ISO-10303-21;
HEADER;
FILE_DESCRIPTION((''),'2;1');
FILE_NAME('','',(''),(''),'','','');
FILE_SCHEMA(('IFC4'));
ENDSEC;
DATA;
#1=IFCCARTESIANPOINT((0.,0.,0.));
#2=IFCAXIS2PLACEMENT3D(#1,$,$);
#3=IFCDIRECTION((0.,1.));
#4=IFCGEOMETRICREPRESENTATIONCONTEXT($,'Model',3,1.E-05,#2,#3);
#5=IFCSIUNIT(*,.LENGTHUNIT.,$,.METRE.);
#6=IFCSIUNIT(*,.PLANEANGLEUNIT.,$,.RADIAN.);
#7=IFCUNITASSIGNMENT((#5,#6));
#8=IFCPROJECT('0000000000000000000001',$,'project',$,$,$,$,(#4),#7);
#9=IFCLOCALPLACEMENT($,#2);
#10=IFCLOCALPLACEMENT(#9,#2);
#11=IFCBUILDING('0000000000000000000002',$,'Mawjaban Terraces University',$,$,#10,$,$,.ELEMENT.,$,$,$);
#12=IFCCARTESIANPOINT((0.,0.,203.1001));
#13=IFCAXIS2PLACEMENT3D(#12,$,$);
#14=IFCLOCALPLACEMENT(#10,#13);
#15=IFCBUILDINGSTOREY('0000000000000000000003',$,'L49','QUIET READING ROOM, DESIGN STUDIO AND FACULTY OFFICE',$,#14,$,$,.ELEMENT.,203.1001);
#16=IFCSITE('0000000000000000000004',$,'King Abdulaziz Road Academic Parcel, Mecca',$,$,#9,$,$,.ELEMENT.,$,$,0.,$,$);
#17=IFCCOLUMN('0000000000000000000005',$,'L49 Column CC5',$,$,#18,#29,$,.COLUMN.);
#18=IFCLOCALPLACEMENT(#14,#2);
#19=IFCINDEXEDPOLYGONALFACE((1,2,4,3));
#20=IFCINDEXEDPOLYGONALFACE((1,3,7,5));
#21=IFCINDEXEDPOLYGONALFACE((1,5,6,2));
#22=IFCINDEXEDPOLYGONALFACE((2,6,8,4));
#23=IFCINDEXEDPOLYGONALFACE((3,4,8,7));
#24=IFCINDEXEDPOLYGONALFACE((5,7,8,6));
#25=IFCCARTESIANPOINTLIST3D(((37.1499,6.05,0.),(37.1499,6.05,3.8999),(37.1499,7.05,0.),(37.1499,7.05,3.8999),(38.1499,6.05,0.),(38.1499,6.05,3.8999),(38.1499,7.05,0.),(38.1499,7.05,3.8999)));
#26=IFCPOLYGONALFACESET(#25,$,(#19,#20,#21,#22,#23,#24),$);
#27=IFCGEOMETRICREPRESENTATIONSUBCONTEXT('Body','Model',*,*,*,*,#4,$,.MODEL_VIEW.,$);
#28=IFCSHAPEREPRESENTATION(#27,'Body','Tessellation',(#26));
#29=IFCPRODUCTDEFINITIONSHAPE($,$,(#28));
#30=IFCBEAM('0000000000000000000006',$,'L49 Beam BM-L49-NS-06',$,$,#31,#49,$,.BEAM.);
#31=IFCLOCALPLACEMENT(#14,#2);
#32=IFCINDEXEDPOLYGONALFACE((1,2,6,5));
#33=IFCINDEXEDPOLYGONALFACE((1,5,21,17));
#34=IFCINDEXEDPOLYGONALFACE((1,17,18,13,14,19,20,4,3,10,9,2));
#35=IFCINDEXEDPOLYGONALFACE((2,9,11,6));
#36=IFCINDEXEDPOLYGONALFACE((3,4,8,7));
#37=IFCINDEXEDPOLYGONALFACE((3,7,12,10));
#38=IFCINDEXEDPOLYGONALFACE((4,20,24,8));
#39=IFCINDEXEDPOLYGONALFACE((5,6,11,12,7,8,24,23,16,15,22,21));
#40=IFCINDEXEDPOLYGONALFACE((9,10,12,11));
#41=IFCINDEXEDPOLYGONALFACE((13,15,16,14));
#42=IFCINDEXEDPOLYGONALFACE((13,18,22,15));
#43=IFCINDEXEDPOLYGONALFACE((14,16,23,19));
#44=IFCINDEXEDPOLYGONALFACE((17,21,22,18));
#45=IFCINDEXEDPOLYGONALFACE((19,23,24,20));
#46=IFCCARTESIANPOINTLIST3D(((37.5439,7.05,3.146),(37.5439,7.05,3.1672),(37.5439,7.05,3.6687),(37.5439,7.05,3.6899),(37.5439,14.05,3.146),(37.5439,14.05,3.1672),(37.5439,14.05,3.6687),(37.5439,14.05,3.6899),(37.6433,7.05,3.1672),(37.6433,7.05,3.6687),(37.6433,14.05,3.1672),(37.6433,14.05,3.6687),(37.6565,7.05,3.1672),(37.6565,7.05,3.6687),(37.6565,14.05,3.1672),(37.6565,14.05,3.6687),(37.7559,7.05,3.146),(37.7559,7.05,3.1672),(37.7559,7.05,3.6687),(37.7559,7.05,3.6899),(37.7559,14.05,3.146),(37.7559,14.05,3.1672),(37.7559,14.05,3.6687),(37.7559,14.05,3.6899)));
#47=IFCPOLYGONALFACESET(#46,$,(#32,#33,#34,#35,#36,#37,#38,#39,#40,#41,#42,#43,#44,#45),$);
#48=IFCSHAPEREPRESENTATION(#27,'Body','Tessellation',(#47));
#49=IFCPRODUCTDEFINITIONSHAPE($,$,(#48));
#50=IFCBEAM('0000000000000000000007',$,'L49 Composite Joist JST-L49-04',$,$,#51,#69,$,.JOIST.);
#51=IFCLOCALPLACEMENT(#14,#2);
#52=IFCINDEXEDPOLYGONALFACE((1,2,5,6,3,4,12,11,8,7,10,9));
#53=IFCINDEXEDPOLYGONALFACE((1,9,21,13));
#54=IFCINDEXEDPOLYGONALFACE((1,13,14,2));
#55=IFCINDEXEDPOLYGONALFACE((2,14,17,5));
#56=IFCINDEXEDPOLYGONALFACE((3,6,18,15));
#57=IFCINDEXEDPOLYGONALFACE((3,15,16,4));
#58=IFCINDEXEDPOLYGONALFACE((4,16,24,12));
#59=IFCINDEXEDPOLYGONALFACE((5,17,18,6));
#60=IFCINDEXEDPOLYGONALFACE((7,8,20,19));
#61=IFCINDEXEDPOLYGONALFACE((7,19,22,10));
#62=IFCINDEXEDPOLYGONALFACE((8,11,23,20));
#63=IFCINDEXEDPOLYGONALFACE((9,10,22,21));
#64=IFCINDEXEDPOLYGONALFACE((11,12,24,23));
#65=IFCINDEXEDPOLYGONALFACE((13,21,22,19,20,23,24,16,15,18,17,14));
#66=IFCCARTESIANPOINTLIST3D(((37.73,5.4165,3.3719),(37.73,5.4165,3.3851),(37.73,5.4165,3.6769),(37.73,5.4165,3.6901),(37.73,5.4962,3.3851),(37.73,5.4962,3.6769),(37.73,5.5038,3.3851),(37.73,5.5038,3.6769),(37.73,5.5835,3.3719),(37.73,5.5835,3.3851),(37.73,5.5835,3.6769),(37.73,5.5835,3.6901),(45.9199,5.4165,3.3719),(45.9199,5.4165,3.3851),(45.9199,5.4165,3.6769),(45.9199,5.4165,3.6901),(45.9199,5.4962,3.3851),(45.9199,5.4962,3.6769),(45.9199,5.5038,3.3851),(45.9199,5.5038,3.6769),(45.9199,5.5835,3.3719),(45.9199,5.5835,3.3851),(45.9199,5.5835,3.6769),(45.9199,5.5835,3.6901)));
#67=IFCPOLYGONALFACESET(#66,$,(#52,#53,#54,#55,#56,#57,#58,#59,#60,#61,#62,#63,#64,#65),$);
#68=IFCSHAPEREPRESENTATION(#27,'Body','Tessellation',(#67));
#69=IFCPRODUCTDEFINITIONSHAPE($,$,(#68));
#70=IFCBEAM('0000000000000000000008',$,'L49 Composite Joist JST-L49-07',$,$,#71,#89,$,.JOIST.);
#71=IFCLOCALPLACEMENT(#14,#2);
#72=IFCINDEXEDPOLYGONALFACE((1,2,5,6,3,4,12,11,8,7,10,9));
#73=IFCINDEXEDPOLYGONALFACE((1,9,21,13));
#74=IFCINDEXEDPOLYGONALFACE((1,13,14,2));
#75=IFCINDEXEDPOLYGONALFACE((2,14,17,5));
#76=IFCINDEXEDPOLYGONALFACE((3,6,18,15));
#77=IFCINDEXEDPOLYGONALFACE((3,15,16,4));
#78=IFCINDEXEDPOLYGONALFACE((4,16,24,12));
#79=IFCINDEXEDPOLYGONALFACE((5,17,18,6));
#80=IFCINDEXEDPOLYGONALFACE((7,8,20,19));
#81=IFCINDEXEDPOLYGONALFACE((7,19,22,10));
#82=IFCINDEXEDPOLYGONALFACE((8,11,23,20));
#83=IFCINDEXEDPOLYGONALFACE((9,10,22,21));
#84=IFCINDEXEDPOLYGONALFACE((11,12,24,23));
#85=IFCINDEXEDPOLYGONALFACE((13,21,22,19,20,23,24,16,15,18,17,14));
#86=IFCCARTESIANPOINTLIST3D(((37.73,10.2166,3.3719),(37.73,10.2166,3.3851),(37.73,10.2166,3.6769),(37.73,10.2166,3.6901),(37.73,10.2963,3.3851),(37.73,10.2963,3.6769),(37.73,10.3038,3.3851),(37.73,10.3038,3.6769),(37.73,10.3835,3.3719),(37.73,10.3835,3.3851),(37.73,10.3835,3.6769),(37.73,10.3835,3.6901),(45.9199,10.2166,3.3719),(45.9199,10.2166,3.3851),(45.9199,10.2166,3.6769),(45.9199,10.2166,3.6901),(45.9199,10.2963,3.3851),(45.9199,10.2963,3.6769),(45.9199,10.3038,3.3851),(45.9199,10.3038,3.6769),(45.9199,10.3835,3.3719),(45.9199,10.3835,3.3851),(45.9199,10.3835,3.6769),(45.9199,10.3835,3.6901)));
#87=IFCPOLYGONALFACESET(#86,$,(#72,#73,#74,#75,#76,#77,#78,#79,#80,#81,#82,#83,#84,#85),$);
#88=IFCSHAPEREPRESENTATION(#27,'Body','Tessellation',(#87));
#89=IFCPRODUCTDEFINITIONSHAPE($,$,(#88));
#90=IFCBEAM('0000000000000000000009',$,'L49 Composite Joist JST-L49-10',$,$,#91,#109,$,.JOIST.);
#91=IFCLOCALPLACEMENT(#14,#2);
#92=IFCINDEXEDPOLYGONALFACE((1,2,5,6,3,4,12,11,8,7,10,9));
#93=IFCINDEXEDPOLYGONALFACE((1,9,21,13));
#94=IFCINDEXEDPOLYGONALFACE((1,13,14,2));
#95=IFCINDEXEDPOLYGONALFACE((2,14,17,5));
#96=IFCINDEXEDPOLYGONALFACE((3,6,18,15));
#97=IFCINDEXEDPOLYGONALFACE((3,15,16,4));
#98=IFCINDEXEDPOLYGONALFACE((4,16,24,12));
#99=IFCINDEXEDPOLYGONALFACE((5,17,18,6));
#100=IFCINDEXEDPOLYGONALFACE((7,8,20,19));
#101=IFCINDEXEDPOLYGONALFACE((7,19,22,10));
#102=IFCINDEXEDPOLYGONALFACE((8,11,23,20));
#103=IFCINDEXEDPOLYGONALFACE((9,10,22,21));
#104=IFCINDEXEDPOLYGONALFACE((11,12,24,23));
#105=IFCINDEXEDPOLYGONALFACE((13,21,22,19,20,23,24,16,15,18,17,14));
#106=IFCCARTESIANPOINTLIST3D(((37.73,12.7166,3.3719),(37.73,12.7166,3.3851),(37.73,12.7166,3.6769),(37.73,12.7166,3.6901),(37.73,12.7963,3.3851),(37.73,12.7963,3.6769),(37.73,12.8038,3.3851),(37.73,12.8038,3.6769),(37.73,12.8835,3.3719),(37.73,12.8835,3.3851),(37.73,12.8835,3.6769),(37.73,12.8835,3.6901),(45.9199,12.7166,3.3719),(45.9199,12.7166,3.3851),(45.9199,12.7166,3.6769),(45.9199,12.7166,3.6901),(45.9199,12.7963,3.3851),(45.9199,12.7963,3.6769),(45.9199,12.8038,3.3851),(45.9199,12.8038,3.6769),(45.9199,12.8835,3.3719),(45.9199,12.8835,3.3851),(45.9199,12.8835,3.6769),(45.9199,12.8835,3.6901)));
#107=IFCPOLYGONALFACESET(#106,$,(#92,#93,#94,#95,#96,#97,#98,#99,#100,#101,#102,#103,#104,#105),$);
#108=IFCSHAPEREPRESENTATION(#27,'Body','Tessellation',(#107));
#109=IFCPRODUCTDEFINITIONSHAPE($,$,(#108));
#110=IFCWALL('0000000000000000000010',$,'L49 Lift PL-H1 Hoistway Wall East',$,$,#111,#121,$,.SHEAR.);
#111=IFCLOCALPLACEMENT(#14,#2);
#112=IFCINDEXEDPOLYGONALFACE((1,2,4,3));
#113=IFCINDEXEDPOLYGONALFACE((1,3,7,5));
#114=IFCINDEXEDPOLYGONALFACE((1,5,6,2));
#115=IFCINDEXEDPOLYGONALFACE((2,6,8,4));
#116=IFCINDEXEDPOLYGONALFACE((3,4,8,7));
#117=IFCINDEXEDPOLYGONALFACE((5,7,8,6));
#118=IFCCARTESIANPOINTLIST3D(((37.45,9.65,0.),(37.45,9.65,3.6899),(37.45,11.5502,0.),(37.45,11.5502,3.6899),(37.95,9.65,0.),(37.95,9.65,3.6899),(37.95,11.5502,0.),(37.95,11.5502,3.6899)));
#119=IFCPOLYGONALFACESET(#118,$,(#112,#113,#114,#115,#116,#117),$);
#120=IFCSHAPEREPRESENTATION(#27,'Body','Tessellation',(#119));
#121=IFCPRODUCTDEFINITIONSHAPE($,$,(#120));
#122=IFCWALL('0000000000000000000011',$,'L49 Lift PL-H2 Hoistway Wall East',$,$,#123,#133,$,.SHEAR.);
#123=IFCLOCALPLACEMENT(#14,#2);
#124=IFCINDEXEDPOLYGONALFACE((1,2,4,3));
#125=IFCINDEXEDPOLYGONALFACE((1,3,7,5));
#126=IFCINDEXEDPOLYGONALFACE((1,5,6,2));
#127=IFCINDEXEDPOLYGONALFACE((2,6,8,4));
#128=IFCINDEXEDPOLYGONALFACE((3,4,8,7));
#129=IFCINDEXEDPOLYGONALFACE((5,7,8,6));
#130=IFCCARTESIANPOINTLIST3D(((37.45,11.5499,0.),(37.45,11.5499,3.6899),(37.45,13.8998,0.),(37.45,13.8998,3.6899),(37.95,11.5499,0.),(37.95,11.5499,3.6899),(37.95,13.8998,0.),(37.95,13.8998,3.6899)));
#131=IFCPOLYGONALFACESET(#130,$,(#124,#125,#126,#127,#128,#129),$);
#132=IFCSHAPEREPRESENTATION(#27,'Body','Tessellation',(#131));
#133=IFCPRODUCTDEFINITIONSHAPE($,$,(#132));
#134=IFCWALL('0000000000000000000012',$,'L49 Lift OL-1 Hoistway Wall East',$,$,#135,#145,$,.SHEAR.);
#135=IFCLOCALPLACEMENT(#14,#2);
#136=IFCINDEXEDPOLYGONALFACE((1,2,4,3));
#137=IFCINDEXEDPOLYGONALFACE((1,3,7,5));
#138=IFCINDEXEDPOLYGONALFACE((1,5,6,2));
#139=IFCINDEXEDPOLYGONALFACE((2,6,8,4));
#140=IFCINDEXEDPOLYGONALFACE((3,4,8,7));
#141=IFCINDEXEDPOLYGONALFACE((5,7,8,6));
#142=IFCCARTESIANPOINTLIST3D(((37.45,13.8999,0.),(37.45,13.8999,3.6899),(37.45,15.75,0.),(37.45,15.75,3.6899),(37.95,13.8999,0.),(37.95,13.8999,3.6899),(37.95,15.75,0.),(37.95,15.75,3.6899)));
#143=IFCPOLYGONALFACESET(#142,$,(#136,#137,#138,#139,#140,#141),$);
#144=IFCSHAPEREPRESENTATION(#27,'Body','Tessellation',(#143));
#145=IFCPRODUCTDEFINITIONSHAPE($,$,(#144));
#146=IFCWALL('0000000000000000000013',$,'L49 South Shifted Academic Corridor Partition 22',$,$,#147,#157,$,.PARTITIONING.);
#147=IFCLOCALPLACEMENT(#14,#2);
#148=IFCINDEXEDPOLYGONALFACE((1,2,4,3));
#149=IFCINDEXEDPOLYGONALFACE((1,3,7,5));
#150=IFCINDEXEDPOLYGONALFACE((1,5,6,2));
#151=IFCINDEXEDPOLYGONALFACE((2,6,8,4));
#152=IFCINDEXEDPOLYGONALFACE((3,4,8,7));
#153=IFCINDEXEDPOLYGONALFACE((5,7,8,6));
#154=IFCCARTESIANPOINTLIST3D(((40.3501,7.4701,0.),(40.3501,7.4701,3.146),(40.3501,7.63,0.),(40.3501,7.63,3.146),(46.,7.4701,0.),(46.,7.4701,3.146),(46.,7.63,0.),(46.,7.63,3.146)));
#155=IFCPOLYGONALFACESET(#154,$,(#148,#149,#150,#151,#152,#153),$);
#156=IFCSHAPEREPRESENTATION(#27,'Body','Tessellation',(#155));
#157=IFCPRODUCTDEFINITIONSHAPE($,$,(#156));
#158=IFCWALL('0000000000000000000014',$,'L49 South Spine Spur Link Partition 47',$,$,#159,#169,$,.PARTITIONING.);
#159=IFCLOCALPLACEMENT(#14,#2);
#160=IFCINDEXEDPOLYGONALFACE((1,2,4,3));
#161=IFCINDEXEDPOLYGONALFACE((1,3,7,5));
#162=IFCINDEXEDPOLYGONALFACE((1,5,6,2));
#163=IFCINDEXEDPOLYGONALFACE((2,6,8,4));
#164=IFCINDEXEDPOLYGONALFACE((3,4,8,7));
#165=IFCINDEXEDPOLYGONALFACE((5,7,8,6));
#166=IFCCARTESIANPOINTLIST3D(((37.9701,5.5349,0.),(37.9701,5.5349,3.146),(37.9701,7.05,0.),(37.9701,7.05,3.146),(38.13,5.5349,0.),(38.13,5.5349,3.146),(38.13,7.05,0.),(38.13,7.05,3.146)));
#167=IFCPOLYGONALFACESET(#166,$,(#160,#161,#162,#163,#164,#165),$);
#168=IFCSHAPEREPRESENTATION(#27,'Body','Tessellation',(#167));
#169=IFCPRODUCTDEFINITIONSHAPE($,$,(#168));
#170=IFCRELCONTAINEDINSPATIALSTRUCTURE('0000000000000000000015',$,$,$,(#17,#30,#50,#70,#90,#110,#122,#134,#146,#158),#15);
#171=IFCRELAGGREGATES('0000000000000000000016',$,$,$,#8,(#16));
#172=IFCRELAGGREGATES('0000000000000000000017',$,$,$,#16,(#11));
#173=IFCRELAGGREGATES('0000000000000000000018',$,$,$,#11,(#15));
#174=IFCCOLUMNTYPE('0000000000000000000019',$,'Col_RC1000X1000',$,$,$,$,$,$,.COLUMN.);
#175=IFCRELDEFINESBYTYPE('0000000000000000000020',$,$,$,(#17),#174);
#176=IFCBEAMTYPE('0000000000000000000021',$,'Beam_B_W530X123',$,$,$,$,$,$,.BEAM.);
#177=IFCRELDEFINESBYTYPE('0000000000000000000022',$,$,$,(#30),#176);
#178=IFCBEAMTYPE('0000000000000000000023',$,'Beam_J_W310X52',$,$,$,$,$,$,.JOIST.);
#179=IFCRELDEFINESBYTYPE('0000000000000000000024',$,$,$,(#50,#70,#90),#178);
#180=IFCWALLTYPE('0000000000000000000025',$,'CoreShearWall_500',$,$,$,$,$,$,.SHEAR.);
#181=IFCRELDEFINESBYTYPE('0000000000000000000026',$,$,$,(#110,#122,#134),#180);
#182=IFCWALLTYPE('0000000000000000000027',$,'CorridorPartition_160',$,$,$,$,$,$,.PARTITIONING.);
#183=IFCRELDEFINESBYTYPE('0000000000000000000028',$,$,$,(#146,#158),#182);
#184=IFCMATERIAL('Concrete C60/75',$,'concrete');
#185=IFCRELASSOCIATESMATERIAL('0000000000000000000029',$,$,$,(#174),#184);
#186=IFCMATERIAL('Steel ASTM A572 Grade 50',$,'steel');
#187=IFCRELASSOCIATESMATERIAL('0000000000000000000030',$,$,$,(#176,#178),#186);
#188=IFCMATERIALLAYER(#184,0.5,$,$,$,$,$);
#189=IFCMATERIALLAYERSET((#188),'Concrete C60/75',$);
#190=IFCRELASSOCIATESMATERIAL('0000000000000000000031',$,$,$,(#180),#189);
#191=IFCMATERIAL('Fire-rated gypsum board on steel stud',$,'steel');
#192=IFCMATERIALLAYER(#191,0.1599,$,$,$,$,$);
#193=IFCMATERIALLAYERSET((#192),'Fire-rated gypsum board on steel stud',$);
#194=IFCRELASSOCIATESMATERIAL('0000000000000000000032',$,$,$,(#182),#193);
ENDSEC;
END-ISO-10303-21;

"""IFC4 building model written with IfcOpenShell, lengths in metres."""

from ifc_helpers import new_model, si_unit, direction, frame, frame_2d, origin, origin_2d, place, context, subcontext, project, spatial, rectangle, i_section, extrude, material, layer, layer_set, material_profile, profile_set, type_object, element, save


model = new_model("IFC4")

# Units and contexts
model_context = context("Model", 3, precision=1e-05, world=origin(), true_north=direction((0.0, 1.0)))
body_context = subcontext(model_context, "Body", "Model", "MODEL_VIEW")
ifc_project = project(units=[si_unit("LENGTHUNIT", "METRE"), si_unit("PLANEANGLEUNIT", "RADIAN")], contexts=[model_context])

# Site, building, storey
site_placement = place(None, origin())
site = spatial("IfcSite", under=ifc_project, at=site_placement, Name="King Abdulaziz Road Academic Parcel, Mecca", CompositionType="ELEMENT", RefElevation=0.0)
building_placement = place(site_placement, origin())
building = spatial("IfcBuilding", under=site, at=building_placement, Name="Mawjaban Terraces University", CompositionType="ELEMENT")
storey_placement = place(building_placement, frame((0.0, 0.0, 203.1001)))
storey = spatial("IfcBuildingStorey", under=building, at=storey_placement, Name="L49", Description="QUIET READING ROOM, DESIGN STUDIO AND FACULTY OFFICE", CompositionType="ELEMENT", Elevation=203.1001)

# Column
ifc_material_1 = material(Name="Concrete C60/75", Category="concrete")
ifc_material_profile_1 = material_profile(ifc_material_1, rectangle(XDim=1.0, YDim=1.0, at=origin_2d()), Name="RC1000X1000")
ifc_profile_set_1 = profile_set([ifc_material_profile_1], Name="Concrete C60/75")
column_type = type_object("IfcColumnType", Name="Col_RC1000X1000", PredefinedType="COLUMN", material=ifc_profile_set_1)
column_placement = place(storey_placement, frame((37.6499, 6.55, 0.0), z_axis=(0.0, 0.0, 1.0), x_axis=(1.0, 0.0, 0.0)))
element("IfcColumn", 1, at=column_placement, inside=storey, type_object=column_type, Name="L49 Column CC5", PredefinedType="COLUMN", context=body_context, shape_type="SweptSolid", body=[
    extrude(rectangle(XDim=1.0, YDim=1.0, at=origin_2d()), origin(), (0.0, 0.0, 1.0), 3.8999),
])

# Beams
ifc_material_2 = material(Name="Steel ASTM A572 Grade 50", Category="steel")
ifc_material_profile_2 = material_profile(ifc_material_2, i_section(OverallWidth=0.2119, OverallDepth=0.5439, WebThickness=0.0132, FlangeThickness=0.0212, at=origin_2d()), Name="W530X123")
ifc_profile_set_2 = profile_set([ifc_material_profile_2], Name="Steel ASTM A572 Grade 50")
beam_type_1 = type_object("IfcBeamType", Name="Beam_B_W530X123", PredefinedType="BEAM", material=ifc_profile_set_2)
beam_placement = place(storey_placement, frame((37.6499, 7.05, 3.418), z_axis=(0.0, 1.0, 0.0), x_axis=(-1.0, 0.0, 0.0)))
element("IfcBeam", 2, at=beam_placement, inside=storey, type_object=beam_type_1, Name="L49 Beam BM-L49-NS-06", PredefinedType="BEAM", context=body_context, shape_type="SweptSolid", body=[
    extrude(i_section(OverallWidth=0.2119, OverallDepth=0.5439, WebThickness=0.0132, FlangeThickness=0.0212, at=origin_2d()), origin(), (0.0, 0.0, 1.0), 7.0),
])
ifc_material_profile_3 = material_profile(ifc_material_2, i_section(OverallWidth=0.167, OverallDepth=0.3181, WebThickness=0.0076, FlangeThickness=0.0132, at=origin_2d()), Name="W310X52")
ifc_profile_set_3 = profile_set([ifc_material_profile_3], Name="Steel ASTM A572 Grade 50")
beam_type_2 = type_object("IfcBeamType", Name="Beam_J_W310X52", PredefinedType="JOIST", material=ifc_profile_set_3)
for number, where, z_axis, x_axis, name in (
    (3, (37.73, 5.5, 3.531), (1.0, 0.0, 0.0), (0.0, 1.0, 0.0), "L49 Composite Joist JST-L49-04"),
    (4, (37.73, 10.3, 3.531), (1.0, 0.0, 0.0), (0.0, 1.0, 0.0), "L49 Composite Joist JST-L49-07"),
    (5, (37.73, 12.8, 3.531), (1.0, 0.0, 0.0), (0.0, 1.0, 0.0), "L49 Composite Joist JST-L49-10"),
):
    element("IfcBeam", number, at=place(storey_placement, frame(where, z_axis=z_axis, x_axis=x_axis)), inside=storey, type_object=beam_type_2, Name=name, PredefinedType="JOIST", context=body_context, shape_type="SweptSolid", body=[
        extrude(i_section(OverallWidth=0.167, OverallDepth=0.3181, WebThickness=0.0076, FlangeThickness=0.0132, at=origin_2d()), origin(), (0.0, 0.0, 1.0), 8.1899),
    ])

# Walls
ifc_layer_1 = layer(ifc_material_1, 0.5)
ifc_layer_set_1 = layer_set([ifc_layer_1], Name="Concrete C60/75")
wall_type_1 = type_object("IfcWallType", Name="CoreShearWall_500", PredefinedType="SHEAR", material=ifc_layer_set_1)
wall_1_placement = place(storey_placement, frame((37.7, 9.6499, 0.0), z_axis=(0.0, 0.0, 1.0), x_axis=(0.0, 1.0, 0.0)))
element("IfcWall", 6, at=wall_1_placement, inside=storey, type_object=wall_type_1, Name="L49 Lift PL-H1 Hoistway Wall East", PredefinedType="SHEAR", context=body_context, shape_type="SweptSolid", body=[
    extrude(rectangle(XDim=1.9001, YDim=0.5, at=frame_2d((0.9502, 0.0))), origin(), (0.0, 0.0, 1.0), 3.6899),
])
wall_2_placement = place(storey_placement, frame((37.7, 11.55, 0.0), z_axis=(0.0, 0.0, 1.0), x_axis=(0.0, 1.0, 0.0)))
element("IfcWall", 7, at=wall_2_placement, inside=storey, type_object=wall_type_1, Name="L49 Lift PL-H2 Hoistway Wall East", PredefinedType="SHEAR", context=body_context, shape_type="SweptSolid", body=[
    extrude(rectangle(XDim=2.3499, YDim=0.5, at=frame_2d((1.1748, 0.0))), origin(), (0.0, 0.0, 1.0), 3.6899),
])
wall_3_placement = place(storey_placement, frame((37.7, 13.8999, 0.0), z_axis=(0.0, 0.0, 1.0), x_axis=(0.0, 1.0, 0.0)))
element("IfcWall", 8, at=wall_3_placement, inside=storey, type_object=wall_type_1, Name="L49 Lift OL-1 Hoistway Wall East", PredefinedType="SHEAR", context=body_context, shape_type="SweptSolid", body=[
    extrude(rectangle(XDim=1.8501, YDim=0.5, at=frame_2d((0.925, 0.0))), origin(), (0.0, 0.0, 1.0), 3.6899),
])
ifc_material_3 = material(Name="Fire-rated gypsum board on steel stud", Category="steel")
ifc_layer_2 = layer(ifc_material_3, 0.1599)
ifc_layer_set_2 = layer_set([ifc_layer_2], Name="Fire-rated gypsum board on steel stud")
wall_type_2 = type_object("IfcWallType", Name="CorridorPartition_160", PredefinedType="PARTITIONING", material=ifc_layer_set_2)
wall_4_placement = place(storey_placement, frame((46.0, 7.55, 0.0), z_axis=(0.0, 0.0, 1.0), x_axis=(-1.0, 0.0, 0.0)))
element("IfcWall", 9, at=wall_4_placement, inside=storey, type_object=wall_type_2, Name="L49 South Shifted Academic Corridor Partition 22", PredefinedType="PARTITIONING", context=body_context, shape_type="SweptSolid", body=[
    extrude(rectangle(XDim=5.6499, YDim=0.1599, at=frame_2d((2.825, 0.0))), origin(), (0.0, 0.0, 1.0), 3.146),
])
wall_5_placement = place(storey_placement, frame((38.05, 7.05, 0.0), z_axis=(0.0, 0.0, 1.0), x_axis=(0.0, -1.0, 0.0)))
element("IfcWall", 10, at=wall_5_placement, inside=storey, type_object=wall_type_2, Name="L49 South Spine Spur Link Partition 47", PredefinedType="PARTITIONING", context=body_context, shape_type="SweptSolid", body=[
    extrude(rectangle(XDim=1.5151, YDim=0.1599, at=frame_2d((0.7576, 0.0))), origin(), (0.0, 0.0, 1.0), 3.146),
])

save(model, "model.ifc")
